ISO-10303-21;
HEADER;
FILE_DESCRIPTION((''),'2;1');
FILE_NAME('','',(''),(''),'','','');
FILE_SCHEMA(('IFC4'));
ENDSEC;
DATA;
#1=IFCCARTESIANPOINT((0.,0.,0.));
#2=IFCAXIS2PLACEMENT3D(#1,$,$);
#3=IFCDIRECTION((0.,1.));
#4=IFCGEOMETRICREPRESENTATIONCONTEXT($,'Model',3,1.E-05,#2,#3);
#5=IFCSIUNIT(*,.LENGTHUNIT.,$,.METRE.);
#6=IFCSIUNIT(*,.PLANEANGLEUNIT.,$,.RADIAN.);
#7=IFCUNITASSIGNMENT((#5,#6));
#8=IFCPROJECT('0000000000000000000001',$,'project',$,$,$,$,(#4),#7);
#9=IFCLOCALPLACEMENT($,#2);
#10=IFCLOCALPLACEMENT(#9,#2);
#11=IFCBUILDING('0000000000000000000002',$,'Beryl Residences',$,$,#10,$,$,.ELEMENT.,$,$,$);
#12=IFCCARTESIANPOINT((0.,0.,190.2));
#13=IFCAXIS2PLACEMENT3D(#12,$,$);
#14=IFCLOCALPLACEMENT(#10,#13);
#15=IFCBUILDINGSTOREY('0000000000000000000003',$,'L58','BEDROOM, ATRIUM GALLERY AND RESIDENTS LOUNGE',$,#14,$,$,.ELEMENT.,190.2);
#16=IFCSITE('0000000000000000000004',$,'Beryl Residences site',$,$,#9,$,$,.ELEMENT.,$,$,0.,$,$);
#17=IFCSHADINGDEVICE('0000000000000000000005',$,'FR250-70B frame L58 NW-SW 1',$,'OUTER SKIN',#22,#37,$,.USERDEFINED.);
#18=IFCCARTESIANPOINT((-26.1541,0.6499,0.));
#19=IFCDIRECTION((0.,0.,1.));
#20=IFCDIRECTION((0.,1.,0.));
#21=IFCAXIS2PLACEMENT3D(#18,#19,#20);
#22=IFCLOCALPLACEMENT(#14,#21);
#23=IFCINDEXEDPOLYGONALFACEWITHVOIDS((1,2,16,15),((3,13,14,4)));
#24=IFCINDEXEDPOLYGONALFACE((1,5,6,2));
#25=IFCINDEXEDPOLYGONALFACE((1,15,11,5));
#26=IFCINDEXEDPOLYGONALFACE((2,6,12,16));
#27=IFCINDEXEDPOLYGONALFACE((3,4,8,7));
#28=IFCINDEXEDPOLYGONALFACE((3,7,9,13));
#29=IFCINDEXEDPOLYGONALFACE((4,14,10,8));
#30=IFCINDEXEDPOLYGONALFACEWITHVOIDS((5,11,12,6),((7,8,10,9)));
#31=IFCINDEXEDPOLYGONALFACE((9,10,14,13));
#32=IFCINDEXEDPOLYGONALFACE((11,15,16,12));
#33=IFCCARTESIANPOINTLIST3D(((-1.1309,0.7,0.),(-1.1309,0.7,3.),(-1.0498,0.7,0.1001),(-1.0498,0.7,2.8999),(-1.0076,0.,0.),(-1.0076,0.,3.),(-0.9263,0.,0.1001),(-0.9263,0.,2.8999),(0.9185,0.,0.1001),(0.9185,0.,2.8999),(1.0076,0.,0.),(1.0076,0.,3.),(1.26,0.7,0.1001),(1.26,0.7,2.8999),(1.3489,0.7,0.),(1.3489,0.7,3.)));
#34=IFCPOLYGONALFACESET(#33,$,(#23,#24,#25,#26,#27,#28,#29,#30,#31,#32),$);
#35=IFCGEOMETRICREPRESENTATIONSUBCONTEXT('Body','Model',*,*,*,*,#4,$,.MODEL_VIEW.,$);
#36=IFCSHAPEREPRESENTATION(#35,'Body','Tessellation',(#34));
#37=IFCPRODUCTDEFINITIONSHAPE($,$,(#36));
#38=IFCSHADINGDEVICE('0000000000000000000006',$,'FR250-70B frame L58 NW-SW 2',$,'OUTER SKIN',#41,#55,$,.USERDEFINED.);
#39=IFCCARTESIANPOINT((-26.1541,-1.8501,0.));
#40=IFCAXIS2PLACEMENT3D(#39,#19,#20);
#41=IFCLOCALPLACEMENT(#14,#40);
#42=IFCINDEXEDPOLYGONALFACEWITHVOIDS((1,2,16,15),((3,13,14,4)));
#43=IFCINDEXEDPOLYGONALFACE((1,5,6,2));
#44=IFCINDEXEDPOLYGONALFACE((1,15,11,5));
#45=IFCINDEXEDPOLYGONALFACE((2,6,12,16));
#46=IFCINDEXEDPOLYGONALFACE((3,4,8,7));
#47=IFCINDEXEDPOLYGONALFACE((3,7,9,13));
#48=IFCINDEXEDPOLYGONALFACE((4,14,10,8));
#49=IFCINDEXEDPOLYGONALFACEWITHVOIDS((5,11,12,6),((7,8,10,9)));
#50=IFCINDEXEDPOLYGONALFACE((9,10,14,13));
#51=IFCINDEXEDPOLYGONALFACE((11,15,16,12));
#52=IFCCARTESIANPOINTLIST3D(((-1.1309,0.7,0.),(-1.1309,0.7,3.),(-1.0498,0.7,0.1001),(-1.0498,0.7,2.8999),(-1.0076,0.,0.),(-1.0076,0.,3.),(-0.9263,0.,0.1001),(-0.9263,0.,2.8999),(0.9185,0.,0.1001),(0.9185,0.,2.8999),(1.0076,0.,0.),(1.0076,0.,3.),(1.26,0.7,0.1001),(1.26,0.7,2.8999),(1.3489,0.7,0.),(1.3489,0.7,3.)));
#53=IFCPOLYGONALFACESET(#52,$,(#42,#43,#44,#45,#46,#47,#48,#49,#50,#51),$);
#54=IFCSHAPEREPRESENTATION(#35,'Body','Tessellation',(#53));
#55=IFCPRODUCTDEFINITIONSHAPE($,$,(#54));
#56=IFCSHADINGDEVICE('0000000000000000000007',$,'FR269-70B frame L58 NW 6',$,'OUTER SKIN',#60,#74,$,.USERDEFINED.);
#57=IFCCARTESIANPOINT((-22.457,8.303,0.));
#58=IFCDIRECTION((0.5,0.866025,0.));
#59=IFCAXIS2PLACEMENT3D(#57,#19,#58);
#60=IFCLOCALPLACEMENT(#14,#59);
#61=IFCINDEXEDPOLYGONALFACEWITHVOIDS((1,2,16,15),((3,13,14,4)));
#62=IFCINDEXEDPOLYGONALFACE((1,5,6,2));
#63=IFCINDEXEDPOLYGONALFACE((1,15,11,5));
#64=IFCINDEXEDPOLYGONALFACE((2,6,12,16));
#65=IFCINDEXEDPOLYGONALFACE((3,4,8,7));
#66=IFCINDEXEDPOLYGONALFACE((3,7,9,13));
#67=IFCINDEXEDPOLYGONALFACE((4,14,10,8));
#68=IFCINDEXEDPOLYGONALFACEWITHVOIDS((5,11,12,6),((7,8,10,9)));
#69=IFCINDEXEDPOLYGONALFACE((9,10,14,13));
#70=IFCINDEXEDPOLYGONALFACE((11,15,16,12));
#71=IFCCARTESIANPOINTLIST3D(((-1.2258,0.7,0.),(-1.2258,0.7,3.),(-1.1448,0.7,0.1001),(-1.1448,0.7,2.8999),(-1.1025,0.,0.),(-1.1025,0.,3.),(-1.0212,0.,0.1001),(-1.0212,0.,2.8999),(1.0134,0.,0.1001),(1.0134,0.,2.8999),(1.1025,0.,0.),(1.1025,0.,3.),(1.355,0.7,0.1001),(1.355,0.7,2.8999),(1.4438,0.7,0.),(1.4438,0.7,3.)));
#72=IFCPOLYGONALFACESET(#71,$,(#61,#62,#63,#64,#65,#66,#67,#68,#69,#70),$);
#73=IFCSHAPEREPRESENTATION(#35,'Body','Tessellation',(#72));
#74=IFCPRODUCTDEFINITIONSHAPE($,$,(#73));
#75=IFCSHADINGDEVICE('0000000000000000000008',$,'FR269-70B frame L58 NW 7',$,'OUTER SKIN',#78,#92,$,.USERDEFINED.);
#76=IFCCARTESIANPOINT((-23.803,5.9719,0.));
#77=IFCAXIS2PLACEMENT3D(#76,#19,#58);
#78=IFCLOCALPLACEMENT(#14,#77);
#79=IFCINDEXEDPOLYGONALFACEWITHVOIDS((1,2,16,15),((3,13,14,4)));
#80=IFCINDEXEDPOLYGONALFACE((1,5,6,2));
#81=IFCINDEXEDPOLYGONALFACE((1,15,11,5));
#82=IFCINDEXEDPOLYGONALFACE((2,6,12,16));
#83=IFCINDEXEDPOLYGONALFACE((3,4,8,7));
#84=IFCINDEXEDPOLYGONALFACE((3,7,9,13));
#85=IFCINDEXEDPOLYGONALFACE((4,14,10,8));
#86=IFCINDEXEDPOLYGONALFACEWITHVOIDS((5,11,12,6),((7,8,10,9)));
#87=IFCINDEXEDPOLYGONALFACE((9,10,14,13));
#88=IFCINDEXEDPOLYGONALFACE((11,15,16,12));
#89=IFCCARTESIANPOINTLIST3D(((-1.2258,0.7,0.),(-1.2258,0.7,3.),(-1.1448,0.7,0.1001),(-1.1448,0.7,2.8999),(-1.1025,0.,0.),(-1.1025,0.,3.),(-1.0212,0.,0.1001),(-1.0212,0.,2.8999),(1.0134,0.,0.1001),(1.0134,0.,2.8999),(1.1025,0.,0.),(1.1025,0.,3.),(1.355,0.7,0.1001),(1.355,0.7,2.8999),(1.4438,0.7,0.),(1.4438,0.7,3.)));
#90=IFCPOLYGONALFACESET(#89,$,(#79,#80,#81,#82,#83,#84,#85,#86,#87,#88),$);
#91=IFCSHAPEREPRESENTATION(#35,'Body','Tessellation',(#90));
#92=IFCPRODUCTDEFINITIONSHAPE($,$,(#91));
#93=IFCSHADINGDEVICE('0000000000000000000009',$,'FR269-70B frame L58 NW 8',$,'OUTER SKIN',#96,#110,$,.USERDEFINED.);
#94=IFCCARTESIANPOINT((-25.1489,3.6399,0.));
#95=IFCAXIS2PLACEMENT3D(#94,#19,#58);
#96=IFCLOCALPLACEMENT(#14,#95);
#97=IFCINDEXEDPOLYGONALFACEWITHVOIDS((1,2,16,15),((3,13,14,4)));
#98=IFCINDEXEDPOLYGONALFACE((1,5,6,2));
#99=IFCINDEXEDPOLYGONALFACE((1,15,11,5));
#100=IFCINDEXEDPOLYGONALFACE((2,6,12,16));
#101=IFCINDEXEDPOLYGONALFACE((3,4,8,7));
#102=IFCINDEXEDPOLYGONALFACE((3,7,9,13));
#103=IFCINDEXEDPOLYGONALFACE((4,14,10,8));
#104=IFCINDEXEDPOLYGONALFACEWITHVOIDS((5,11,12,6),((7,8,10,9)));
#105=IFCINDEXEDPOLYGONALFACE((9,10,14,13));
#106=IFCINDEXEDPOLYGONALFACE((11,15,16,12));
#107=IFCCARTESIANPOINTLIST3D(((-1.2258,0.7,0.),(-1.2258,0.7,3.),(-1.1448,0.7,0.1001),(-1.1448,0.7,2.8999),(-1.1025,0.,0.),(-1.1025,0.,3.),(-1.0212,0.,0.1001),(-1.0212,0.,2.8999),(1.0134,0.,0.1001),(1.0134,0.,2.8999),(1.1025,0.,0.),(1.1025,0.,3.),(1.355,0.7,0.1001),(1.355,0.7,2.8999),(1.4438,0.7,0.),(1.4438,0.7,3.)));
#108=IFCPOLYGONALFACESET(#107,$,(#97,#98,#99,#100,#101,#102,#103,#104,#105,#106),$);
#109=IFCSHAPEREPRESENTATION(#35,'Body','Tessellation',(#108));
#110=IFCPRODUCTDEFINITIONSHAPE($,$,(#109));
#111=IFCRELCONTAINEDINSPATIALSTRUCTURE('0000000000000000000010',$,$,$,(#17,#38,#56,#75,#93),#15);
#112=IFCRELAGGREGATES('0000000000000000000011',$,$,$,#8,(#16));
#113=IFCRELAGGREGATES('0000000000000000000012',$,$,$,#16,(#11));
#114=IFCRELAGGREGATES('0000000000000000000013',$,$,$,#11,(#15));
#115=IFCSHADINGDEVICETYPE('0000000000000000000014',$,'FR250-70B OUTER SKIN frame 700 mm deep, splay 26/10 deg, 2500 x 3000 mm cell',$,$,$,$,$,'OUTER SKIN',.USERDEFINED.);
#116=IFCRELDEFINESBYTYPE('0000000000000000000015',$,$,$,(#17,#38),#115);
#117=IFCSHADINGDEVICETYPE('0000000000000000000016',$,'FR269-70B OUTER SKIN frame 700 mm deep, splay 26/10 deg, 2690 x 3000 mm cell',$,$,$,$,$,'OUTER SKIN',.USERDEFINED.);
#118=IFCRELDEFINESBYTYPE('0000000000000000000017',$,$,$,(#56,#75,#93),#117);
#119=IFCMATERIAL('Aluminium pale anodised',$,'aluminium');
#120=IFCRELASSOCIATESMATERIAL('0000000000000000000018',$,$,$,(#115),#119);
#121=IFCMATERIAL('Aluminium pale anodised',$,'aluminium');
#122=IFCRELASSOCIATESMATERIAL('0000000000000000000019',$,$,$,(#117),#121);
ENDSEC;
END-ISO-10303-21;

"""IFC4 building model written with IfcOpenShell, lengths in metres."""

from ifc_helpers import new_model, entity, si_unit, direction, frame, origin, place, context, subcontext, project, spatial, source, transform, mapped, material, type_object, type_shapes, element, save


model = new_model("IFC4")

# Units and contexts
model_context = context("Model", 3, precision=1e-05, world=origin(), true_north=direction((0.0, 1.0)))
body_context = subcontext(model_context, "Body", "Model", "MODEL_VIEW")
ifc_project = project(units=[si_unit("LENGTHUNIT", "METRE"), si_unit("PLANEANGLEUNIT", "RADIAN")], contexts=[model_context])

# Site, building, storey
site_placement = place(None, origin())
site = spatial("IfcSite", under=ifc_project, at=site_placement, Name="Beryl Residences site", CompositionType="ELEMENT", RefElevation=0.0)
building_placement = place(site_placement, origin())
building = spatial("IfcBuilding", under=site, at=building_placement, Name="Beryl Residences", CompositionType="ELEMENT")
storey_placement = place(building_placement, frame((0.0, 0.0, 190.2)))
storey = spatial("IfcBuildingStorey", under=building, at=storey_placement, Name="L58", Description="BEDROOM, ATRIUM GALLERY AND RESIDENTS LOUNGE", CompositionType="ELEMENT", Elevation=190.2)

# Shading devices
ifc_material_1 = material(Name="Aluminium pale anodised", Category="aluminium")
shading_device_type_1 = type_object("IfcShadingDeviceType", Name="FR250-70B OUTER SKIN frame 700 mm deep, splay 26/10 deg, 2500 x 3000 mm cell", ElementType="OUTER SKIN", PredefinedType="USERDEFINED", material=ifc_material_1)
cartesian_point_1 = entity("IfcCartesianPoint", [-1.0076, 0.0])
cartesian_point_2 = entity("IfcCartesianPoint", [-0.9185, 0.1001])
cartesian_point_3 = entity("IfcCartesianPoint", [-1.3489, 0.0])
cartesian_point_4 = entity("IfcCartesianPoint", [-1.26, 0.1001])
shared_shape_1 = source(origin(), body_context, "Body", "SweptSolid", [
    entity("IfcExtrudedAreaSolidTapered", entity("IfcArbitraryProfileDefWithVoids", "AREA", None, entity("IfcPolyline", [cartesian_point_1, entity("IfcCartesianPoint", [1.0076, 0.0]), entity("IfcCartesianPoint", [1.0076, 3.0]), entity("IfcCartesianPoint", [-1.0076, 3.0]), cartesian_point_1]), [entity("IfcPolyline", [cartesian_point_2, entity("IfcCartesianPoint", [0.9263, 0.1001]), entity("IfcCartesianPoint", [0.9263, 2.8999]), entity("IfcCartesianPoint", [-0.9185, 2.8999]), cartesian_point_2])]), entity("IfcAxis2Placement3D", entity("IfcCartesianPoint", [0.0, 0.0, 0.0]), entity("IfcDirection", [0.0, 1.0, 0.0]), entity("IfcDirection", [-1.0, 0.0, 0.0])), entity("IfcDirection", [0.0, 0.0, 1.0]), 0.7, entity("IfcArbitraryProfileDefWithVoids", "AREA", None, entity("IfcPolyline", [cartesian_point_3, entity("IfcCartesianPoint", [1.1309, 0.0]), entity("IfcCartesianPoint", [1.1309, 3.0]), entity("IfcCartesianPoint", [-1.3489, 3.0]), cartesian_point_3]), [entity("IfcPolyline", [cartesian_point_4, entity("IfcCartesianPoint", [1.0498, 0.1001]), entity("IfcCartesianPoint", [1.0498, 2.8999]), entity("IfcCartesianPoint", [-1.26, 2.8999]), cartesian_point_4])])),
])
type_shapes(shading_device_type_1, [shared_shape_1])
for number, where, z_axis, x_axis, name in (
    (1, (-26.1541, 0.6499, 0.0), (0.0, 0.0, 1.0), (0.0, 1.0, 0.0), "FR250-70B frame L58 NW-SW 1"),
    (2, (-26.1541, -1.8501, 0.0), (0.0, 0.0, 1.0), (0.0, 1.0, 0.0), "FR250-70B frame L58 NW-SW 2"),
):
    element("IfcShadingDevice", number, at=place(storey_placement, frame(where, z_axis=z_axis, x_axis=x_axis)), inside=storey, type_object=shading_device_type_1, Name=name, ObjectType="OUTER SKIN", PredefinedType="USERDEFINED", context=body_context, shape_type="MappedRepresentation", body=[
        mapped(shared_shape_1, transform((0.0, 0.0, 0.0))),
    ])
ifc_material_2 = material(Name="Aluminium pale anodised", Category="aluminium")
shading_device_type_2 = type_object("IfcShadingDeviceType", Name="FR269-70B OUTER SKIN frame 700 mm deep, splay 26/10 deg, 2690 x 3000 mm cell", ElementType="OUTER SKIN", PredefinedType="USERDEFINED", material=ifc_material_2)
cartesian_point_5 = entity("IfcCartesianPoint", [-1.1025, 0.0])
cartesian_point_6 = entity("IfcCartesianPoint", [-1.0134, 0.1001])
cartesian_point_7 = entity("IfcCartesianPoint", [-1.4438, 0.0])
cartesian_point_8 = entity("IfcCartesianPoint", [-1.355, 0.1001])
shared_shape_2 = source(origin(), body_context, "Body", "SweptSolid", [
    entity("IfcExtrudedAreaSolidTapered", entity("IfcArbitraryProfileDefWithVoids", "AREA", None, entity("IfcPolyline", [cartesian_point_5, entity("IfcCartesianPoint", [1.1025, 0.0]), entity("IfcCartesianPoint", [1.1025, 3.0]), entity("IfcCartesianPoint", [-1.1025, 3.0]), cartesian_point_5]), [entity("IfcPolyline", [cartesian_point_6, entity("IfcCartesianPoint", [1.0212, 0.1001]), entity("IfcCartesianPoint", [1.0212, 2.8999]), entity("IfcCartesianPoint", [-1.0134, 2.8999]), cartesian_point_6])]), entity("IfcAxis2Placement3D", entity("IfcCartesianPoint", [0.0, 0.0, 0.0]), entity("IfcDirection", [0.0, 1.0, 0.0]), entity("IfcDirection", [-1.0, 0.0, 0.0])), entity("IfcDirection", [0.0, 0.0, 1.0]), 0.7, entity("IfcArbitraryProfileDefWithVoids", "AREA", None, entity("IfcPolyline", [cartesian_point_7, entity("IfcCartesianPoint", [1.2258, 0.0]), entity("IfcCartesianPoint", [1.2258, 3.0]), entity("IfcCartesianPoint", [-1.4438, 3.0]), cartesian_point_7]), [entity("IfcPolyline", [cartesian_point_8, entity("IfcCartesianPoint", [1.1448, 0.1001]), entity("IfcCartesianPoint", [1.1448, 2.8999]), entity("IfcCartesianPoint", [-1.355, 2.8999]), cartesian_point_8])])),
])
type_shapes(shading_device_type_2, [shared_shape_2])
for number, where, z_axis, x_axis, name in (
    (3, (-22.457, 8.303, 0.0), (0.0, 0.0, 1.0), (0.5, 0.866025, 0.0), "FR269-70B frame L58 NW 6"),
    (4, (-23.803, 5.9719, 0.0), (0.0, 0.0, 1.0), (0.5, 0.866025, 0.0), "FR269-70B frame L58 NW 7"),
    (5, (-25.1489, 3.6399, 0.0), (0.0, 0.0, 1.0), (0.5, 0.866025, 0.0), "FR269-70B frame L58 NW 8"),
):
    element("IfcShadingDevice", number, at=place(storey_placement, frame(where, z_axis=z_axis, x_axis=x_axis)), inside=storey, type_object=shading_device_type_2, Name=name, ObjectType="OUTER SKIN", PredefinedType="USERDEFINED", context=body_context, shape_type="MappedRepresentation", body=[
        mapped(shared_shape_2, transform((0.0, 0.0, 0.0))),
    ])

save(model, "model.ifc")
